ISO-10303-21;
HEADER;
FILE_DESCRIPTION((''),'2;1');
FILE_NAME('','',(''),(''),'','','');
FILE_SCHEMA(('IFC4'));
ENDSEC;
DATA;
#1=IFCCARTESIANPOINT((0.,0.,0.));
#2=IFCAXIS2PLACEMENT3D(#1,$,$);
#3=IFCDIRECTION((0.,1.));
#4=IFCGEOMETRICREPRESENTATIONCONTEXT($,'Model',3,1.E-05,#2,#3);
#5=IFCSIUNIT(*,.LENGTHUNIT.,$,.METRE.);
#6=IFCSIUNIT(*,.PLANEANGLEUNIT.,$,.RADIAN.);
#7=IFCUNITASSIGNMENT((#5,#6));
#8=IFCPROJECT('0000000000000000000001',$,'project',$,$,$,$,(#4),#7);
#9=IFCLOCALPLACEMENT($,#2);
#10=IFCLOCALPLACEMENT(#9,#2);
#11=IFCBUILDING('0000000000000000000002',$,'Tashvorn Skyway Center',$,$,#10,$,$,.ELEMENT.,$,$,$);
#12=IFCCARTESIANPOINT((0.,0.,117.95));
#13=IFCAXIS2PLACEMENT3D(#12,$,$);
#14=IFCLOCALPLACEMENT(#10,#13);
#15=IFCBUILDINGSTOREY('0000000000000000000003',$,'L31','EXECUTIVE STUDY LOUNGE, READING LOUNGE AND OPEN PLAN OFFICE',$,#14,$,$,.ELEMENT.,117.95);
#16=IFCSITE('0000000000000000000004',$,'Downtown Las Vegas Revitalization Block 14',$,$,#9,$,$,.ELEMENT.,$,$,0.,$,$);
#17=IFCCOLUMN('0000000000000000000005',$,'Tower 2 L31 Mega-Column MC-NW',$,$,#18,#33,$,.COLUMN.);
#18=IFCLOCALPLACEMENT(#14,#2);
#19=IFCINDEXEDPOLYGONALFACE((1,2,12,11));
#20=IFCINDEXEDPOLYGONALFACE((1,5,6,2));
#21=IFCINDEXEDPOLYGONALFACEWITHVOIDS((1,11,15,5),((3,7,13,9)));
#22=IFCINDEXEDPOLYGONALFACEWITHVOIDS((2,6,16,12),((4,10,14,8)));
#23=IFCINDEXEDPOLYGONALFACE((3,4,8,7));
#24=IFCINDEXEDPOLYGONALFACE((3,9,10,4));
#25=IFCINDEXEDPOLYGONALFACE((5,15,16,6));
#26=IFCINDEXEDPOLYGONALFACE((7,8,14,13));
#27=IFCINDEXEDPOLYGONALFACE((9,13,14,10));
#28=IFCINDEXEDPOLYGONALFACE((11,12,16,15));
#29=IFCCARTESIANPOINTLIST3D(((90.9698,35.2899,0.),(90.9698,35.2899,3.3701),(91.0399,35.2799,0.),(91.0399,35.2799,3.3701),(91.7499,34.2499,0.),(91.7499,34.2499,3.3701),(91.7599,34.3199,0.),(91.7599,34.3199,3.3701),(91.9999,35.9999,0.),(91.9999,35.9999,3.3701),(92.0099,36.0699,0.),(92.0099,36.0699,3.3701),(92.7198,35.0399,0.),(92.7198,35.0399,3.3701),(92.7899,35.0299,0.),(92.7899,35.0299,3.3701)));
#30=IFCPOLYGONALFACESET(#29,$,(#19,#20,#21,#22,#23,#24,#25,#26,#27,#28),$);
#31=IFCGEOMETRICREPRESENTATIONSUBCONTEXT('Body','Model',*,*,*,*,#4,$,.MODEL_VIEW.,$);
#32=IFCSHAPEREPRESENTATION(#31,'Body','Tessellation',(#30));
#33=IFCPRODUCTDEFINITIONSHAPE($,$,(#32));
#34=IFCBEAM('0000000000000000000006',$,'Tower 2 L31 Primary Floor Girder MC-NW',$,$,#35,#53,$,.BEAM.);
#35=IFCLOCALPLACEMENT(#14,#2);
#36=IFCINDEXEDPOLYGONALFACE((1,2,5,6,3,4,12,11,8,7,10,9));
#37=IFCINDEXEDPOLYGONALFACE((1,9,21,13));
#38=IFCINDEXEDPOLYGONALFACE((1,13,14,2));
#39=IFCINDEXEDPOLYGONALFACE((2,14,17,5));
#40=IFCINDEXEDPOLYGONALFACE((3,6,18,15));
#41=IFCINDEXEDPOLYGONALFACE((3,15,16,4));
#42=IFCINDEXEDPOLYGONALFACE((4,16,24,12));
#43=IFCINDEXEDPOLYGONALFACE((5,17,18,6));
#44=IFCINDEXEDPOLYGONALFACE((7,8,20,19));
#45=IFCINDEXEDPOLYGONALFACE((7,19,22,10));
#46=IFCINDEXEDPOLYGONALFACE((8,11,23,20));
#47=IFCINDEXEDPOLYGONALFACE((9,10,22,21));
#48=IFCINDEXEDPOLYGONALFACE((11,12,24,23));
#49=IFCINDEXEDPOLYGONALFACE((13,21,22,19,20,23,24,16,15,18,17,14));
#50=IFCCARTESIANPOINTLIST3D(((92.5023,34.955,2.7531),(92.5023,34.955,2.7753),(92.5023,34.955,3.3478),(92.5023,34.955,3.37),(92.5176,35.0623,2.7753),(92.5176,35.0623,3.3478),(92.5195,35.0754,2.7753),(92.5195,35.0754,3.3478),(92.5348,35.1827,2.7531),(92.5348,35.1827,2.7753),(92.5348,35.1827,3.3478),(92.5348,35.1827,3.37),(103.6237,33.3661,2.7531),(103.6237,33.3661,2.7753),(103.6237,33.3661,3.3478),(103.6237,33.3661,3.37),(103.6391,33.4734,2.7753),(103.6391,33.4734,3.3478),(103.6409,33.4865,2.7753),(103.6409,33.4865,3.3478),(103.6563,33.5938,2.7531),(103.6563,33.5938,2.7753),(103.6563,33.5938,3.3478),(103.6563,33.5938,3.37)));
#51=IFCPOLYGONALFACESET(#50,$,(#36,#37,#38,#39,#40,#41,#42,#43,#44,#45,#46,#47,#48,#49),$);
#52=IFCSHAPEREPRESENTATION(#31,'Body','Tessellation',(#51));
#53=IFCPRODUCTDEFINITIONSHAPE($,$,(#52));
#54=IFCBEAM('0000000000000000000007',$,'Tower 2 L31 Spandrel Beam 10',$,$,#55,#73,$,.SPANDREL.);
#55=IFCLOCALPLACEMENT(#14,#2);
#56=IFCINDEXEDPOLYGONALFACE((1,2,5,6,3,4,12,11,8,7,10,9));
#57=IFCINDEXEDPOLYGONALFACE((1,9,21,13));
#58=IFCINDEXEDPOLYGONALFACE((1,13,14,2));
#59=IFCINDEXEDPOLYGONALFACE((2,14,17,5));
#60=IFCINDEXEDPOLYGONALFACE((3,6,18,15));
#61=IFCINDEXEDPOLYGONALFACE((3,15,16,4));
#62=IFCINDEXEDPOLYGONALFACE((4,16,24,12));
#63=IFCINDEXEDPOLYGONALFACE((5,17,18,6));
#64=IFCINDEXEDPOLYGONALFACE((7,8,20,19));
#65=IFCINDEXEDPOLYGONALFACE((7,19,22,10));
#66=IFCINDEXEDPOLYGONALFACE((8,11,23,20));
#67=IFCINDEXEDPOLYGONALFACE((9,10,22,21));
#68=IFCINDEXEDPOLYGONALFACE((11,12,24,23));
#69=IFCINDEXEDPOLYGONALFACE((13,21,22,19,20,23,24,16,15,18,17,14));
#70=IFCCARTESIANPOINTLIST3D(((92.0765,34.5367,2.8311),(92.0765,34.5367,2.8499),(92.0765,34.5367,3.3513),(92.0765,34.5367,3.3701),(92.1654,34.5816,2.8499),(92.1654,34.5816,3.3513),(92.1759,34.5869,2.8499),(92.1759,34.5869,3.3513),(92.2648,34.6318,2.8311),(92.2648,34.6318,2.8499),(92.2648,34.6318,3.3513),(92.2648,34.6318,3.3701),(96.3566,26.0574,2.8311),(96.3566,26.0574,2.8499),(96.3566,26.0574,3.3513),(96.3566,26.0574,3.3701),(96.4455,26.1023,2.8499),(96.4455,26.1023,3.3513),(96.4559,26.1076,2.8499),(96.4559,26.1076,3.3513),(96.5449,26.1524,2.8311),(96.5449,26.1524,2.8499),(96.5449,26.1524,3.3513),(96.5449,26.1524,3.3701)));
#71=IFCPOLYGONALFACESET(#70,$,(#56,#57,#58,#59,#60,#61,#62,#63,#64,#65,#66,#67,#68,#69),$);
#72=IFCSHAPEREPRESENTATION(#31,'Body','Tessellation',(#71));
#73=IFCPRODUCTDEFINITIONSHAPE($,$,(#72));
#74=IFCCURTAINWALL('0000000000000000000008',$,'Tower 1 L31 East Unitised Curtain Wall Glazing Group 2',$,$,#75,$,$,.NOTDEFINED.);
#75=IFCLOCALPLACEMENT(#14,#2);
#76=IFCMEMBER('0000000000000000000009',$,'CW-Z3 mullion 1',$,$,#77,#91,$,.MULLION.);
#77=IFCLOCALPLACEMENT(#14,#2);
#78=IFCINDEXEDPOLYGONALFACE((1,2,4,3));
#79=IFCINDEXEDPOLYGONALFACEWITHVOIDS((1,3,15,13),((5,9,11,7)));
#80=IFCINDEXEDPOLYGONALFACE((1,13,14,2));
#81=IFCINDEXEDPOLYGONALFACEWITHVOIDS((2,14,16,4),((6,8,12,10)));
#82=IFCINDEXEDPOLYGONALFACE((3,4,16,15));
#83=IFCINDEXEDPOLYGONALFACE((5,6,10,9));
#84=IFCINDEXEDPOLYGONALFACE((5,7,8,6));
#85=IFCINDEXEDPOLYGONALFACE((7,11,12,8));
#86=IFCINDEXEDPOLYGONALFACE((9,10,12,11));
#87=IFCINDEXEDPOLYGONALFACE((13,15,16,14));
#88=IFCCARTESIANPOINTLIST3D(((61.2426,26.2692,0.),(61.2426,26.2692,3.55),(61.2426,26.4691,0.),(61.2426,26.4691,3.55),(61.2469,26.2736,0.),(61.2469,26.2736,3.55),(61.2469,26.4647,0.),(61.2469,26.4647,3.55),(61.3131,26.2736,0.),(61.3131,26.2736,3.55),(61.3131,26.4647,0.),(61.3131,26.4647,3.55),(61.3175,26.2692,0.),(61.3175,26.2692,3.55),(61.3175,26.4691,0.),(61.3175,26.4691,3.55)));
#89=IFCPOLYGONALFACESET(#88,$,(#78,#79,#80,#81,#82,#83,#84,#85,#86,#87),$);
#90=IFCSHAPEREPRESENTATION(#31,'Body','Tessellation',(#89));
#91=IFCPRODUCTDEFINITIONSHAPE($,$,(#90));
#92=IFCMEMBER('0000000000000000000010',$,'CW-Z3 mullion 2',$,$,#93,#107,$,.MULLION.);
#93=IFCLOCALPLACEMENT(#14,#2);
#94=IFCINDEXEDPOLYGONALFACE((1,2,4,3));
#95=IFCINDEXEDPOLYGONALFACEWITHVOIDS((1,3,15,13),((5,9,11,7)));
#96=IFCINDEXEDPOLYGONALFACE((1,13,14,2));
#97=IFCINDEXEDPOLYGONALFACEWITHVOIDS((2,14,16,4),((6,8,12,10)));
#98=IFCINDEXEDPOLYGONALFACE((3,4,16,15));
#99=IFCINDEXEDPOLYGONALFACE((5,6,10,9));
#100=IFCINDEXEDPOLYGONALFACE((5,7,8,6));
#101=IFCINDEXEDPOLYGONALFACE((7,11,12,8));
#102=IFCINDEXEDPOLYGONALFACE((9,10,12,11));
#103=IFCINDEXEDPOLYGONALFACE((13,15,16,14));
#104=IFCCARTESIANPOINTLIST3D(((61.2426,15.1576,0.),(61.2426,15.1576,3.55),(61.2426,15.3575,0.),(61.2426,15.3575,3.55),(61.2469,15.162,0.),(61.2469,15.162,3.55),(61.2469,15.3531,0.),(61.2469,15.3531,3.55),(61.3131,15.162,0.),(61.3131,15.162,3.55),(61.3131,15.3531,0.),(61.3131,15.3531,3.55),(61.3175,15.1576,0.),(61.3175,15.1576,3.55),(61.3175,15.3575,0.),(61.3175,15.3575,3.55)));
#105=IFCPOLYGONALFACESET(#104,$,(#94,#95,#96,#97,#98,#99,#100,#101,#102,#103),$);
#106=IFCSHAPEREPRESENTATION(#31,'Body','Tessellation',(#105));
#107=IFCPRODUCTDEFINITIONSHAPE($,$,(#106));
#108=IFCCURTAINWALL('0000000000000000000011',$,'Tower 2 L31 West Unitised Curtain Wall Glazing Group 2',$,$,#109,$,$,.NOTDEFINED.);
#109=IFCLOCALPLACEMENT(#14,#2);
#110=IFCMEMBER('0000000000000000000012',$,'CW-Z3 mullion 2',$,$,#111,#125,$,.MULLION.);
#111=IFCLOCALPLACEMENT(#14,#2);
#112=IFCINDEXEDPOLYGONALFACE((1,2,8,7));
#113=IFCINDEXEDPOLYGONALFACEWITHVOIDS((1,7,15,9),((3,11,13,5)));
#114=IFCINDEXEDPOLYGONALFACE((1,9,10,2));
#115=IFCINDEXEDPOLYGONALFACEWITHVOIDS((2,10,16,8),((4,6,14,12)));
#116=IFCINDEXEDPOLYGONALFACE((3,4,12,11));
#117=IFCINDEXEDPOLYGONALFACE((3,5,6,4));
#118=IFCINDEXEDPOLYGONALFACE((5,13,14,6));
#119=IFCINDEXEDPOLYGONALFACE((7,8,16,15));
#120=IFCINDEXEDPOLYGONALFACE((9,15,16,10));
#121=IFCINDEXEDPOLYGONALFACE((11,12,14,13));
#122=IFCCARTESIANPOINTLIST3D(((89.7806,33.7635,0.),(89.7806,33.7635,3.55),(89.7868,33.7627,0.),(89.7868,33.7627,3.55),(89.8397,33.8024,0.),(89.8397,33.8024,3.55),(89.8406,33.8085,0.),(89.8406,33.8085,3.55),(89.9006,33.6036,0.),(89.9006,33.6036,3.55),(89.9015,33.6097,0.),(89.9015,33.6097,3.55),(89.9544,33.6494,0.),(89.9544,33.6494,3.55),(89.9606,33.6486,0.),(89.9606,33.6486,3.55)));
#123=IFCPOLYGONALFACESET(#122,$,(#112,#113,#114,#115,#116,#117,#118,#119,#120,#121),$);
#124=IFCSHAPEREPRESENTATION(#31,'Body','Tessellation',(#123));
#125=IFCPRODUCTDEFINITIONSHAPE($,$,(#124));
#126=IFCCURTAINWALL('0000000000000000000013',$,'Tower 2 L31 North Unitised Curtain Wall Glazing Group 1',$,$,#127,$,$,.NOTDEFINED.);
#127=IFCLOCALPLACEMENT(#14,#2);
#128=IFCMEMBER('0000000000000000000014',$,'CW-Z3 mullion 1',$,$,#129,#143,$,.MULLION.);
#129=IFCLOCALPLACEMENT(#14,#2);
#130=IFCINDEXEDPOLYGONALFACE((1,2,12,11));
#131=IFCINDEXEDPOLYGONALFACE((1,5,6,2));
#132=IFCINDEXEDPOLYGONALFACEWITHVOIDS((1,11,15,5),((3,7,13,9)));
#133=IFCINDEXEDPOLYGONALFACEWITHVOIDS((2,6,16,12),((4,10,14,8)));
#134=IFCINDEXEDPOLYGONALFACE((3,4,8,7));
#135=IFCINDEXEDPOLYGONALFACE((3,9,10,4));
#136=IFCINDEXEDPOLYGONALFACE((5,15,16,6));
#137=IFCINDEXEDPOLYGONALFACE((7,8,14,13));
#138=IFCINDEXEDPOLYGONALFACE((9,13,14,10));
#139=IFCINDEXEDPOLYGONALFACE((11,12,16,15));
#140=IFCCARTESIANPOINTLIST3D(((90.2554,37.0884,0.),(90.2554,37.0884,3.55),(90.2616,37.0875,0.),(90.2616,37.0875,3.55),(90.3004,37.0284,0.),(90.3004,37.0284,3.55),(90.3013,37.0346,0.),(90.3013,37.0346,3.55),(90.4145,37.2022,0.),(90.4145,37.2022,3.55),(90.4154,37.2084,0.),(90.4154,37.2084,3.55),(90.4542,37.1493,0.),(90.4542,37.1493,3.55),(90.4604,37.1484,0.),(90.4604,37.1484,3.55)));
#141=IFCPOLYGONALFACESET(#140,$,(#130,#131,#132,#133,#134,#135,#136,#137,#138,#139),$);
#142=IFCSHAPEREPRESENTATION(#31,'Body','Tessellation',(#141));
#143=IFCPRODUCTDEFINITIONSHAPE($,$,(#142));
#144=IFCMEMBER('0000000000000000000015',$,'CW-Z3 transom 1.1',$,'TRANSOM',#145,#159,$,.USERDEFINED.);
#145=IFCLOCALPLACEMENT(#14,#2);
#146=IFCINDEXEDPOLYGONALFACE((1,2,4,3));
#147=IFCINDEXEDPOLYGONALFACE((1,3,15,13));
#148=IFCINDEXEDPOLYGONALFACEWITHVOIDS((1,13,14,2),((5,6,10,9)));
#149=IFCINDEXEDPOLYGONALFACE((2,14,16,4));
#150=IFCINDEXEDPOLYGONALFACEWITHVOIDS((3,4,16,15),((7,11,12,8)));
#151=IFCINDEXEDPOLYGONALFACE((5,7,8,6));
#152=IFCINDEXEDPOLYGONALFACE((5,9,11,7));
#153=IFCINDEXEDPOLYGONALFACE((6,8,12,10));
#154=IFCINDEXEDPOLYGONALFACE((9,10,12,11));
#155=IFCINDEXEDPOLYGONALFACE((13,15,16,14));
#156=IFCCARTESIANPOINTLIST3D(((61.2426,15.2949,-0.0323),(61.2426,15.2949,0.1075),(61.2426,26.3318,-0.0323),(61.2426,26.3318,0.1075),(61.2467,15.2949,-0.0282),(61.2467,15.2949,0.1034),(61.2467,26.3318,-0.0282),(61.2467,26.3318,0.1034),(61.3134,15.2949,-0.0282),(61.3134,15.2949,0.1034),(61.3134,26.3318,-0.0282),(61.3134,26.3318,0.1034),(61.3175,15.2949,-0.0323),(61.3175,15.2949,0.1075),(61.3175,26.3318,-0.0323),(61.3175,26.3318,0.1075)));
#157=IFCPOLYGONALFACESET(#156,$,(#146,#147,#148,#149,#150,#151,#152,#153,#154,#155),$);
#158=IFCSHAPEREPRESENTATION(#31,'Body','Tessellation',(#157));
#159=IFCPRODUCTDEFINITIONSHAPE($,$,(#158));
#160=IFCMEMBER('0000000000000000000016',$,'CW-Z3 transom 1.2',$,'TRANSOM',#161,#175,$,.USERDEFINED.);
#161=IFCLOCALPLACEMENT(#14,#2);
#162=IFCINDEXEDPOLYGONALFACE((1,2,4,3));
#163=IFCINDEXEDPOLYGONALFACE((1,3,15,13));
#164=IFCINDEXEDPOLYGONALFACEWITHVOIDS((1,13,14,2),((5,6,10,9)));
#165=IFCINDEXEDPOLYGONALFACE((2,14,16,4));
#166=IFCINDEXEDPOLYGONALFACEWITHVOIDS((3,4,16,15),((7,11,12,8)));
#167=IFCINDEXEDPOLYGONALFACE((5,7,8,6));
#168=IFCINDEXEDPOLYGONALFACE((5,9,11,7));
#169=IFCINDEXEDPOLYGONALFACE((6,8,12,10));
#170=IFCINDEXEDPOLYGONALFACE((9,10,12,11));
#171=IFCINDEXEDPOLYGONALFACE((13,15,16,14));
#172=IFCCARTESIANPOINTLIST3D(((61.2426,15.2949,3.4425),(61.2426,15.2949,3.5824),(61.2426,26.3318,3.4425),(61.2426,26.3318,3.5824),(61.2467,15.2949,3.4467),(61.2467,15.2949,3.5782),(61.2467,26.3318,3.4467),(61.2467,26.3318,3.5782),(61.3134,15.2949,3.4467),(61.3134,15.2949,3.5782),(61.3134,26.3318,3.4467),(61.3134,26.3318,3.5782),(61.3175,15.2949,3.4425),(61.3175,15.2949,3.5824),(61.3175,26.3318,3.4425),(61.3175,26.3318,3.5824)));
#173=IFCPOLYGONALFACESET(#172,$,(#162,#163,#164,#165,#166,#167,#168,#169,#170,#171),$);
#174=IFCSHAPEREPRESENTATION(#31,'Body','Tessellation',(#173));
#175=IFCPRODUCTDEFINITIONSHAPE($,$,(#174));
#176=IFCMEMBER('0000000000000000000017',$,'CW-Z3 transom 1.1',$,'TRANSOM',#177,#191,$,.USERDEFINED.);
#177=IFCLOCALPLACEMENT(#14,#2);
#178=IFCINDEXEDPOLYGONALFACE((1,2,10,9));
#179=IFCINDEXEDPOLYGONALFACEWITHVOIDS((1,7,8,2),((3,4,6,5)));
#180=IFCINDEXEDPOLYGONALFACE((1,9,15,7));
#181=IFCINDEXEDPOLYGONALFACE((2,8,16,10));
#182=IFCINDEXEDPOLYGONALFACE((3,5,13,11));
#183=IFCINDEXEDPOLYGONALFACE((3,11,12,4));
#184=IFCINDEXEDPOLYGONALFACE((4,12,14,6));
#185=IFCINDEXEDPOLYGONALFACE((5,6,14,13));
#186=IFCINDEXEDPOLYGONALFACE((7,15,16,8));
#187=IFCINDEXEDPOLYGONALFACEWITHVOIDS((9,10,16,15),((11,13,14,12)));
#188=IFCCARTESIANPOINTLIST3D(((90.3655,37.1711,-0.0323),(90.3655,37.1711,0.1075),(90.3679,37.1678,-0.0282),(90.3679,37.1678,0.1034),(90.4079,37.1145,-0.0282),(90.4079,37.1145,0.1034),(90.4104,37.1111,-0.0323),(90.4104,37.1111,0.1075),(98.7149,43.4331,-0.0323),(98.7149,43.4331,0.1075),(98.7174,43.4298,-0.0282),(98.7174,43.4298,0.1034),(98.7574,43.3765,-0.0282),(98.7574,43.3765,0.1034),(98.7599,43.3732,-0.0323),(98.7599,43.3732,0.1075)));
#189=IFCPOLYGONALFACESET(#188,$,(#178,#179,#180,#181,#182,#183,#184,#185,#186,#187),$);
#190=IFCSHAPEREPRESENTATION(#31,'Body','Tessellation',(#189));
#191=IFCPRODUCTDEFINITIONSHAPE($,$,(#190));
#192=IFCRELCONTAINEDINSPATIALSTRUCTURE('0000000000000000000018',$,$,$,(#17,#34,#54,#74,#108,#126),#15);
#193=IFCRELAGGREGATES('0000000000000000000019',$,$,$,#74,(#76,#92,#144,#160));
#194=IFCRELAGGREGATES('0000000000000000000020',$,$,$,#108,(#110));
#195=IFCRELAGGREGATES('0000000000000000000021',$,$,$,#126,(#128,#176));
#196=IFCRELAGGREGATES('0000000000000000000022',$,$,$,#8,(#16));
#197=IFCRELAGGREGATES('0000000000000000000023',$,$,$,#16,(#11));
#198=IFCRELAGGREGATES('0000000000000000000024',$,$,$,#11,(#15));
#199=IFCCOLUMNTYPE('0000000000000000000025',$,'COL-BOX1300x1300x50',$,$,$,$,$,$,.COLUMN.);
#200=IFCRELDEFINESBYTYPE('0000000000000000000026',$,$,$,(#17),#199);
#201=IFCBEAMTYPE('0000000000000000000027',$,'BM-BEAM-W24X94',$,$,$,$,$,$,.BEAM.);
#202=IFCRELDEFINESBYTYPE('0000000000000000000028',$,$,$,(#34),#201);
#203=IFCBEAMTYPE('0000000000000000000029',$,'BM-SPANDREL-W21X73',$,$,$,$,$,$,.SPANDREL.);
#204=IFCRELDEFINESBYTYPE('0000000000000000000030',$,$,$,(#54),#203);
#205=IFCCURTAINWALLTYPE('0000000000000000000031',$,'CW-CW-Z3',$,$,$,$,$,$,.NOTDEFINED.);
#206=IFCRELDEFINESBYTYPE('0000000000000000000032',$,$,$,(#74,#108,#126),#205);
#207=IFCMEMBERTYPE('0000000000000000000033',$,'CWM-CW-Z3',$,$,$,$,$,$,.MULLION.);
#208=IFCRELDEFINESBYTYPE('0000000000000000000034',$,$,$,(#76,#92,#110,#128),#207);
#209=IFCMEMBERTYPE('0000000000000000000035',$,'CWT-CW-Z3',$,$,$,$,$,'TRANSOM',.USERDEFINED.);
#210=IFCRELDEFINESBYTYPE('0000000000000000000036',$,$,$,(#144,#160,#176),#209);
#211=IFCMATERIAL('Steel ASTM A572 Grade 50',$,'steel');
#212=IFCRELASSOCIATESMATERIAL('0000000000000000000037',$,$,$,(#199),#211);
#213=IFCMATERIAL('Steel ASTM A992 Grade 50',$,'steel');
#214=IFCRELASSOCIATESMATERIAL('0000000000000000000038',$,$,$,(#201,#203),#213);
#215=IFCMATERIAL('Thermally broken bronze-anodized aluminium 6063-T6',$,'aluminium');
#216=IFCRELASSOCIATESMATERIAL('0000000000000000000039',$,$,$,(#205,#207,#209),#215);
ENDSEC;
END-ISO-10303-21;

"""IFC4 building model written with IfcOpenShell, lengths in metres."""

from ifc_helpers import new_model, si_unit, direction, frame, origin, origin_2d, place, context, subcontext, project, spatial, hollow_rectangle, i_section, extrude, material, material_profile, profile_set, type_object, element, aggregate, save


model = new_model("IFC4")

# Units and contexts
model_context = context("Model", 3, precision=1e-05, world=origin(), true_north=direction((0.0, 1.0)))
body_context = subcontext(model_context, "Body", "Model", "MODEL_VIEW")
ifc_project = project(units=[si_unit("LENGTHUNIT", "METRE"), si_unit("PLANEANGLEUNIT", "RADIAN")], contexts=[model_context])

# Site, building, storey
site_placement = place(None, origin())
site = spatial("IfcSite", under=ifc_project, at=site_placement, Name="Downtown Las Vegas Revitalization Block 14", CompositionType="ELEMENT", RefElevation=0.0)
building_placement = place(site_placement, origin())
building = spatial("IfcBuilding", under=site, at=building_placement, Name="Tashvorn Skyway Center", CompositionType="ELEMENT")
storey_placement = place(building_placement, frame((0.0, 0.0, 117.95)))
storey = spatial("IfcBuildingStorey", under=building, at=storey_placement, Name="L31", Description="EXECUTIVE STUDY LOUNGE, READING LOUNGE AND OPEN PLAN OFFICE", CompositionType="ELEMENT", Elevation=117.95)

# Column
ifc_material_1 = material(Name="Steel ASTM A572 Grade 50", Category="steel")
ifc_material_profile_1 = material_profile(ifc_material_1, hollow_rectangle(XDim=1.3, YDim=1.3, WallThickness=0.05, at=origin_2d()), Name="BOX1300x1300x50")
ifc_profile_set_1 = profile_set([ifc_material_profile_1], Name="Steel ASTM A572 Grade 50")
column_type = type_object("IfcColumnType", Name="COL-BOX1300x1300x50", PredefinedType="COLUMN", material=ifc_profile_set_1)
column_placement = place(storey_placement, frame((91.8799, 35.1599, 0.0), z_axis=(0.0, 0.0, 1.0), x_axis=(0.8, 0.6, 0.0)))
element("IfcColumn", 1, at=column_placement, inside=storey, type_object=column_type, Name="Tower 2 L31 Mega-Column MC-NW", PredefinedType="COLUMN", context=body_context, shape_type="SweptSolid", body=[
    extrude(hollow_rectangle(XDim=1.3, YDim=1.3, WallThickness=0.05, at=origin_2d()), origin(), (0.0, 0.0, 1.0), 3.3701),
])

# Beams
ifc_material_2 = material(Name="Steel ASTM A992 Grade 50", Category="steel")
ifc_material_profile_2 = material_profile(ifc_material_2, i_section(OverallWidth=0.23, OverallDepth=0.6169, WebThickness=0.0132, FlangeThickness=0.0222, at=origin_2d()), Name="W24X94")
ifc_profile_set_2 = profile_set([ifc_material_profile_2], Name="Steel ASTM A992 Grade 50")
beam_type_1 = type_object("IfcBeamType", Name="BM-BEAM-W24X94", PredefinedType="BEAM", material=ifc_profile_set_2)
beam_1_placement = place(storey_placement, frame((92.5186, 35.0688, 3.0615), z_axis=(0.989948, -0.14143, 0.0), x_axis=(0.14143, 0.989948, 0.0)))
element("IfcBeam", 2, at=beam_1_placement, inside=storey, type_object=beam_type_1, Name="Tower 2 L31 Primary Floor Girder MC-NW", PredefinedType="BEAM", context=body_context, shape_type="SweptSolid", body=[
    extrude(i_section(OverallWidth=0.23, OverallDepth=0.6169, WebThickness=0.0132, FlangeThickness=0.0222, at=origin_2d()), origin(), (0.0, 0.0, 1.0), 11.2344),
])
ifc_material_profile_3 = material_profile(ifc_material_2, i_section(OverallWidth=0.2109, OverallDepth=0.5391, WebThickness=0.0117, FlangeThickness=0.0188, at=origin_2d()), Name="W21X73")
ifc_profile_set_3 = profile_set([ifc_material_profile_3], Name="Steel ASTM A992 Grade 50")
beam_type_2 = type_object("IfcBeamType", Name="BM-SPANDREL-W21X73", PredefinedType="SPANDREL", material=ifc_profile_set_3)
beam_2_placement = place(storey_placement, frame((92.1707, 34.5842, 3.1006), z_axis=(0.450614, -0.892719, 0.0), x_axis=(0.892719, 0.450614, 0.0)))
element("IfcBeam", 3, at=beam_2_placement, inside=storey, type_object=beam_type_2, Name="Tower 2 L31 Spandrel Beam 10", PredefinedType="SPANDREL", context=body_context, shape_type="SweptSolid", body=[
    extrude(i_section(OverallWidth=0.2109, OverallDepth=0.5391, WebThickness=0.0117, FlangeThickness=0.0188, at=origin_2d()), origin(), (0.0, 0.0, 1.0), 9.4983),
])

# Curtain wall, members
ifc_material_3 = material(Name="Thermally broken bronze-anodized aluminium 6063-T6", Category="aluminium")
curtain_wall_type = type_object("IfcCurtainWallType", Name="CW-CW-Z3", PredefinedType="NOTDEFINED", material=ifc_material_3)
curtain_wall_1_placement = place(storey_placement, origin())
curtain_wall_1 = element("IfcCurtainWall", 4, at=curtain_wall_1_placement, inside=storey, type_object=curtain_wall_type, Name="Tower 1 L31 East Unitised Curtain Wall Glazing Group 2", PredefinedType="NOTDEFINED")
ifc_material_profile_4 = material_profile(ifc_material_3, hollow_rectangle(XDim=0.075, YDim=0.2, WallThickness=0.0044, at=origin_2d()), Name="ALU-MULL-75x200")
ifc_profile_set_4 = profile_set([ifc_material_profile_4], Name="Thermally broken bronze-anodized aluminium 6063-T6")
member_type_1 = type_object("IfcMemberType", Name="CWM-CW-Z3", PredefinedType="MULLION", material=ifc_profile_set_4)
member_1_placement = place(storey_placement, frame((61.28, 26.3691, 0.0), z_axis=(0.0, 0.0, 1.0), x_axis=(1.0, 0.0, 0.0)))
member_1 = element("IfcMember", 5, at=member_1_placement, type_object=member_type_1, Name="CW-Z3 mullion 1", PredefinedType="MULLION", context=body_context, shape_type="SweptSolid", body=[
    extrude(hollow_rectangle(XDim=0.075, YDim=0.2, WallThickness=0.0044, at=origin_2d()), origin(), (0.0, 0.0, 1.0), 3.55),
])
member_2_placement = place(storey_placement, frame((61.28, 15.2576, 0.0), z_axis=(0.0, 0.0, 1.0), x_axis=(1.0, 0.0, 0.0)))
member_2 = element("IfcMember", 6, at=member_2_placement, type_object=member_type_1, Name="CW-Z3 mullion 2", PredefinedType="MULLION", context=body_context, shape_type="SweptSolid", body=[
    extrude(hollow_rectangle(XDim=0.075, YDim=0.2, WallThickness=0.0044, at=origin_2d()), origin(), (0.0, 0.0, 1.0), 3.55),
])

# Curtain walls, members
curtain_wall_2_placement = place(storey_placement, origin())
curtain_wall_2 = element("IfcCurtainWall", 7, at=curtain_wall_2_placement, inside=storey, type_object=curtain_wall_type, Name="Tower 2 L31 West Unitised Curtain Wall Glazing Group 2", PredefinedType="NOTDEFINED")
member_3_placement = place(storey_placement, frame((89.8706, 33.7061, 0.0), z_axis=(0.0, 0.0, 1.0), x_axis=(-0.799999, -0.600002, 0.0)))
member_3 = element("IfcMember", 8, at=member_3_placement, type_object=member_type_1, Name="CW-Z3 mullion 2", PredefinedType="MULLION", context=body_context, shape_type="SweptSolid", body=[
    extrude(hollow_rectangle(XDim=0.075, YDim=0.2, WallThickness=0.0044, at=origin_2d()), origin(), (0.0, 0.0, 1.0), 3.55),
])
curtain_wall_3_placement = place(storey_placement, origin())
curtain_wall_3 = element("IfcCurtainWall", 9, at=curtain_wall_3_placement, inside=storey, type_object=curtain_wall_type, Name="Tower 2 L31 North Unitised Curtain Wall Glazing Group 1", PredefinedType="NOTDEFINED")
member_4_placement = place(storey_placement, frame((90.3579, 37.1184, 0.0), z_axis=(0.0, 0.0, 1.0), x_axis=(-0.600002, 0.799999, 0.0)))
member_4 = element("IfcMember", 10, at=member_4_placement, type_object=member_type_1, Name="CW-Z3 mullion 1", PredefinedType="MULLION", context=body_context, shape_type="SweptSolid", body=[
    extrude(hollow_rectangle(XDim=0.075, YDim=0.2, WallThickness=0.0044, at=origin_2d()), origin(), (0.0, 0.0, 1.0), 3.55),
])

# Members
ifc_material_profile_5 = material_profile(ifc_material_3, hollow_rectangle(XDim=0.075, YDim=0.1399, WallThickness=0.0042, at=origin_2d()), Name="ALU-TRAN-75x140")
ifc_profile_set_5 = profile_set([ifc_material_profile_5], Name="Thermally broken bronze-anodized aluminium 6063-T6")
member_type_2 = type_object("IfcMemberType", Name="CWT-CW-Z3", ElementType="TRANSOM", PredefinedType="USERDEFINED", material=ifc_profile_set_5)
member_5_placement = place(storey_placement, frame((61.28, 26.3318, 0.0376), z_axis=(0.0, -1.0, 0.0), x_axis=(1.0, 0.0, 0.0)))
member_5 = element("IfcMember", 11, at=member_5_placement, type_object=member_type_2, Name="CW-Z3 transom 1.1", ObjectType="TRANSOM", PredefinedType="USERDEFINED", context=body_context, shape_type="SweptSolid", body=[
    extrude(hollow_rectangle(XDim=0.075, YDim=0.1399, WallThickness=0.0042, at=origin_2d()), origin(), (0.0, 0.0, 1.0), 11.0369),
])
member_6_placement = place(storey_placement, frame((61.28, 26.3318, 3.5125), z_axis=(0.0, -1.0, 0.0), x_axis=(1.0, 0.0, 0.0)))
member_6 = element("IfcMember", 12, at=member_6_placement, type_object=member_type_2, Name="CW-Z3 transom 1.2", ObjectType="TRANSOM", PredefinedType="USERDEFINED", context=body_context, shape_type="SweptSolid", body=[
    extrude(hollow_rectangle(XDim=0.075, YDim=0.1399, WallThickness=0.0042, at=origin_2d()), origin(), (0.0, 0.0, 1.0), 11.0369),
])
member_7_placement = place(storey_placement, frame((90.3879, 37.1411, 0.0376), z_axis=(0.800003, 0.599996, 0.0), x_axis=(-0.599996, 0.800003, 0.0)))
member_7 = element("IfcMember", 13, at=member_7_placement, type_object=member_type_2, Name="CW-Z3 transom 1.1", ObjectType="TRANSOM", PredefinedType="USERDEFINED", context=body_context, shape_type="SweptSolid", body=[
    extrude(hollow_rectangle(XDim=0.075, YDim=0.1399, WallThickness=0.0042, at=origin_2d()), origin(), (0.0, 0.0, 1.0), 10.4368),
])

aggregate(curtain_wall_1, [member_1, member_2, member_5, member_6])
aggregate(curtain_wall_2, [member_3])
aggregate(curtain_wall_3, [member_4, member_7])

save(model, "model.ifc")
